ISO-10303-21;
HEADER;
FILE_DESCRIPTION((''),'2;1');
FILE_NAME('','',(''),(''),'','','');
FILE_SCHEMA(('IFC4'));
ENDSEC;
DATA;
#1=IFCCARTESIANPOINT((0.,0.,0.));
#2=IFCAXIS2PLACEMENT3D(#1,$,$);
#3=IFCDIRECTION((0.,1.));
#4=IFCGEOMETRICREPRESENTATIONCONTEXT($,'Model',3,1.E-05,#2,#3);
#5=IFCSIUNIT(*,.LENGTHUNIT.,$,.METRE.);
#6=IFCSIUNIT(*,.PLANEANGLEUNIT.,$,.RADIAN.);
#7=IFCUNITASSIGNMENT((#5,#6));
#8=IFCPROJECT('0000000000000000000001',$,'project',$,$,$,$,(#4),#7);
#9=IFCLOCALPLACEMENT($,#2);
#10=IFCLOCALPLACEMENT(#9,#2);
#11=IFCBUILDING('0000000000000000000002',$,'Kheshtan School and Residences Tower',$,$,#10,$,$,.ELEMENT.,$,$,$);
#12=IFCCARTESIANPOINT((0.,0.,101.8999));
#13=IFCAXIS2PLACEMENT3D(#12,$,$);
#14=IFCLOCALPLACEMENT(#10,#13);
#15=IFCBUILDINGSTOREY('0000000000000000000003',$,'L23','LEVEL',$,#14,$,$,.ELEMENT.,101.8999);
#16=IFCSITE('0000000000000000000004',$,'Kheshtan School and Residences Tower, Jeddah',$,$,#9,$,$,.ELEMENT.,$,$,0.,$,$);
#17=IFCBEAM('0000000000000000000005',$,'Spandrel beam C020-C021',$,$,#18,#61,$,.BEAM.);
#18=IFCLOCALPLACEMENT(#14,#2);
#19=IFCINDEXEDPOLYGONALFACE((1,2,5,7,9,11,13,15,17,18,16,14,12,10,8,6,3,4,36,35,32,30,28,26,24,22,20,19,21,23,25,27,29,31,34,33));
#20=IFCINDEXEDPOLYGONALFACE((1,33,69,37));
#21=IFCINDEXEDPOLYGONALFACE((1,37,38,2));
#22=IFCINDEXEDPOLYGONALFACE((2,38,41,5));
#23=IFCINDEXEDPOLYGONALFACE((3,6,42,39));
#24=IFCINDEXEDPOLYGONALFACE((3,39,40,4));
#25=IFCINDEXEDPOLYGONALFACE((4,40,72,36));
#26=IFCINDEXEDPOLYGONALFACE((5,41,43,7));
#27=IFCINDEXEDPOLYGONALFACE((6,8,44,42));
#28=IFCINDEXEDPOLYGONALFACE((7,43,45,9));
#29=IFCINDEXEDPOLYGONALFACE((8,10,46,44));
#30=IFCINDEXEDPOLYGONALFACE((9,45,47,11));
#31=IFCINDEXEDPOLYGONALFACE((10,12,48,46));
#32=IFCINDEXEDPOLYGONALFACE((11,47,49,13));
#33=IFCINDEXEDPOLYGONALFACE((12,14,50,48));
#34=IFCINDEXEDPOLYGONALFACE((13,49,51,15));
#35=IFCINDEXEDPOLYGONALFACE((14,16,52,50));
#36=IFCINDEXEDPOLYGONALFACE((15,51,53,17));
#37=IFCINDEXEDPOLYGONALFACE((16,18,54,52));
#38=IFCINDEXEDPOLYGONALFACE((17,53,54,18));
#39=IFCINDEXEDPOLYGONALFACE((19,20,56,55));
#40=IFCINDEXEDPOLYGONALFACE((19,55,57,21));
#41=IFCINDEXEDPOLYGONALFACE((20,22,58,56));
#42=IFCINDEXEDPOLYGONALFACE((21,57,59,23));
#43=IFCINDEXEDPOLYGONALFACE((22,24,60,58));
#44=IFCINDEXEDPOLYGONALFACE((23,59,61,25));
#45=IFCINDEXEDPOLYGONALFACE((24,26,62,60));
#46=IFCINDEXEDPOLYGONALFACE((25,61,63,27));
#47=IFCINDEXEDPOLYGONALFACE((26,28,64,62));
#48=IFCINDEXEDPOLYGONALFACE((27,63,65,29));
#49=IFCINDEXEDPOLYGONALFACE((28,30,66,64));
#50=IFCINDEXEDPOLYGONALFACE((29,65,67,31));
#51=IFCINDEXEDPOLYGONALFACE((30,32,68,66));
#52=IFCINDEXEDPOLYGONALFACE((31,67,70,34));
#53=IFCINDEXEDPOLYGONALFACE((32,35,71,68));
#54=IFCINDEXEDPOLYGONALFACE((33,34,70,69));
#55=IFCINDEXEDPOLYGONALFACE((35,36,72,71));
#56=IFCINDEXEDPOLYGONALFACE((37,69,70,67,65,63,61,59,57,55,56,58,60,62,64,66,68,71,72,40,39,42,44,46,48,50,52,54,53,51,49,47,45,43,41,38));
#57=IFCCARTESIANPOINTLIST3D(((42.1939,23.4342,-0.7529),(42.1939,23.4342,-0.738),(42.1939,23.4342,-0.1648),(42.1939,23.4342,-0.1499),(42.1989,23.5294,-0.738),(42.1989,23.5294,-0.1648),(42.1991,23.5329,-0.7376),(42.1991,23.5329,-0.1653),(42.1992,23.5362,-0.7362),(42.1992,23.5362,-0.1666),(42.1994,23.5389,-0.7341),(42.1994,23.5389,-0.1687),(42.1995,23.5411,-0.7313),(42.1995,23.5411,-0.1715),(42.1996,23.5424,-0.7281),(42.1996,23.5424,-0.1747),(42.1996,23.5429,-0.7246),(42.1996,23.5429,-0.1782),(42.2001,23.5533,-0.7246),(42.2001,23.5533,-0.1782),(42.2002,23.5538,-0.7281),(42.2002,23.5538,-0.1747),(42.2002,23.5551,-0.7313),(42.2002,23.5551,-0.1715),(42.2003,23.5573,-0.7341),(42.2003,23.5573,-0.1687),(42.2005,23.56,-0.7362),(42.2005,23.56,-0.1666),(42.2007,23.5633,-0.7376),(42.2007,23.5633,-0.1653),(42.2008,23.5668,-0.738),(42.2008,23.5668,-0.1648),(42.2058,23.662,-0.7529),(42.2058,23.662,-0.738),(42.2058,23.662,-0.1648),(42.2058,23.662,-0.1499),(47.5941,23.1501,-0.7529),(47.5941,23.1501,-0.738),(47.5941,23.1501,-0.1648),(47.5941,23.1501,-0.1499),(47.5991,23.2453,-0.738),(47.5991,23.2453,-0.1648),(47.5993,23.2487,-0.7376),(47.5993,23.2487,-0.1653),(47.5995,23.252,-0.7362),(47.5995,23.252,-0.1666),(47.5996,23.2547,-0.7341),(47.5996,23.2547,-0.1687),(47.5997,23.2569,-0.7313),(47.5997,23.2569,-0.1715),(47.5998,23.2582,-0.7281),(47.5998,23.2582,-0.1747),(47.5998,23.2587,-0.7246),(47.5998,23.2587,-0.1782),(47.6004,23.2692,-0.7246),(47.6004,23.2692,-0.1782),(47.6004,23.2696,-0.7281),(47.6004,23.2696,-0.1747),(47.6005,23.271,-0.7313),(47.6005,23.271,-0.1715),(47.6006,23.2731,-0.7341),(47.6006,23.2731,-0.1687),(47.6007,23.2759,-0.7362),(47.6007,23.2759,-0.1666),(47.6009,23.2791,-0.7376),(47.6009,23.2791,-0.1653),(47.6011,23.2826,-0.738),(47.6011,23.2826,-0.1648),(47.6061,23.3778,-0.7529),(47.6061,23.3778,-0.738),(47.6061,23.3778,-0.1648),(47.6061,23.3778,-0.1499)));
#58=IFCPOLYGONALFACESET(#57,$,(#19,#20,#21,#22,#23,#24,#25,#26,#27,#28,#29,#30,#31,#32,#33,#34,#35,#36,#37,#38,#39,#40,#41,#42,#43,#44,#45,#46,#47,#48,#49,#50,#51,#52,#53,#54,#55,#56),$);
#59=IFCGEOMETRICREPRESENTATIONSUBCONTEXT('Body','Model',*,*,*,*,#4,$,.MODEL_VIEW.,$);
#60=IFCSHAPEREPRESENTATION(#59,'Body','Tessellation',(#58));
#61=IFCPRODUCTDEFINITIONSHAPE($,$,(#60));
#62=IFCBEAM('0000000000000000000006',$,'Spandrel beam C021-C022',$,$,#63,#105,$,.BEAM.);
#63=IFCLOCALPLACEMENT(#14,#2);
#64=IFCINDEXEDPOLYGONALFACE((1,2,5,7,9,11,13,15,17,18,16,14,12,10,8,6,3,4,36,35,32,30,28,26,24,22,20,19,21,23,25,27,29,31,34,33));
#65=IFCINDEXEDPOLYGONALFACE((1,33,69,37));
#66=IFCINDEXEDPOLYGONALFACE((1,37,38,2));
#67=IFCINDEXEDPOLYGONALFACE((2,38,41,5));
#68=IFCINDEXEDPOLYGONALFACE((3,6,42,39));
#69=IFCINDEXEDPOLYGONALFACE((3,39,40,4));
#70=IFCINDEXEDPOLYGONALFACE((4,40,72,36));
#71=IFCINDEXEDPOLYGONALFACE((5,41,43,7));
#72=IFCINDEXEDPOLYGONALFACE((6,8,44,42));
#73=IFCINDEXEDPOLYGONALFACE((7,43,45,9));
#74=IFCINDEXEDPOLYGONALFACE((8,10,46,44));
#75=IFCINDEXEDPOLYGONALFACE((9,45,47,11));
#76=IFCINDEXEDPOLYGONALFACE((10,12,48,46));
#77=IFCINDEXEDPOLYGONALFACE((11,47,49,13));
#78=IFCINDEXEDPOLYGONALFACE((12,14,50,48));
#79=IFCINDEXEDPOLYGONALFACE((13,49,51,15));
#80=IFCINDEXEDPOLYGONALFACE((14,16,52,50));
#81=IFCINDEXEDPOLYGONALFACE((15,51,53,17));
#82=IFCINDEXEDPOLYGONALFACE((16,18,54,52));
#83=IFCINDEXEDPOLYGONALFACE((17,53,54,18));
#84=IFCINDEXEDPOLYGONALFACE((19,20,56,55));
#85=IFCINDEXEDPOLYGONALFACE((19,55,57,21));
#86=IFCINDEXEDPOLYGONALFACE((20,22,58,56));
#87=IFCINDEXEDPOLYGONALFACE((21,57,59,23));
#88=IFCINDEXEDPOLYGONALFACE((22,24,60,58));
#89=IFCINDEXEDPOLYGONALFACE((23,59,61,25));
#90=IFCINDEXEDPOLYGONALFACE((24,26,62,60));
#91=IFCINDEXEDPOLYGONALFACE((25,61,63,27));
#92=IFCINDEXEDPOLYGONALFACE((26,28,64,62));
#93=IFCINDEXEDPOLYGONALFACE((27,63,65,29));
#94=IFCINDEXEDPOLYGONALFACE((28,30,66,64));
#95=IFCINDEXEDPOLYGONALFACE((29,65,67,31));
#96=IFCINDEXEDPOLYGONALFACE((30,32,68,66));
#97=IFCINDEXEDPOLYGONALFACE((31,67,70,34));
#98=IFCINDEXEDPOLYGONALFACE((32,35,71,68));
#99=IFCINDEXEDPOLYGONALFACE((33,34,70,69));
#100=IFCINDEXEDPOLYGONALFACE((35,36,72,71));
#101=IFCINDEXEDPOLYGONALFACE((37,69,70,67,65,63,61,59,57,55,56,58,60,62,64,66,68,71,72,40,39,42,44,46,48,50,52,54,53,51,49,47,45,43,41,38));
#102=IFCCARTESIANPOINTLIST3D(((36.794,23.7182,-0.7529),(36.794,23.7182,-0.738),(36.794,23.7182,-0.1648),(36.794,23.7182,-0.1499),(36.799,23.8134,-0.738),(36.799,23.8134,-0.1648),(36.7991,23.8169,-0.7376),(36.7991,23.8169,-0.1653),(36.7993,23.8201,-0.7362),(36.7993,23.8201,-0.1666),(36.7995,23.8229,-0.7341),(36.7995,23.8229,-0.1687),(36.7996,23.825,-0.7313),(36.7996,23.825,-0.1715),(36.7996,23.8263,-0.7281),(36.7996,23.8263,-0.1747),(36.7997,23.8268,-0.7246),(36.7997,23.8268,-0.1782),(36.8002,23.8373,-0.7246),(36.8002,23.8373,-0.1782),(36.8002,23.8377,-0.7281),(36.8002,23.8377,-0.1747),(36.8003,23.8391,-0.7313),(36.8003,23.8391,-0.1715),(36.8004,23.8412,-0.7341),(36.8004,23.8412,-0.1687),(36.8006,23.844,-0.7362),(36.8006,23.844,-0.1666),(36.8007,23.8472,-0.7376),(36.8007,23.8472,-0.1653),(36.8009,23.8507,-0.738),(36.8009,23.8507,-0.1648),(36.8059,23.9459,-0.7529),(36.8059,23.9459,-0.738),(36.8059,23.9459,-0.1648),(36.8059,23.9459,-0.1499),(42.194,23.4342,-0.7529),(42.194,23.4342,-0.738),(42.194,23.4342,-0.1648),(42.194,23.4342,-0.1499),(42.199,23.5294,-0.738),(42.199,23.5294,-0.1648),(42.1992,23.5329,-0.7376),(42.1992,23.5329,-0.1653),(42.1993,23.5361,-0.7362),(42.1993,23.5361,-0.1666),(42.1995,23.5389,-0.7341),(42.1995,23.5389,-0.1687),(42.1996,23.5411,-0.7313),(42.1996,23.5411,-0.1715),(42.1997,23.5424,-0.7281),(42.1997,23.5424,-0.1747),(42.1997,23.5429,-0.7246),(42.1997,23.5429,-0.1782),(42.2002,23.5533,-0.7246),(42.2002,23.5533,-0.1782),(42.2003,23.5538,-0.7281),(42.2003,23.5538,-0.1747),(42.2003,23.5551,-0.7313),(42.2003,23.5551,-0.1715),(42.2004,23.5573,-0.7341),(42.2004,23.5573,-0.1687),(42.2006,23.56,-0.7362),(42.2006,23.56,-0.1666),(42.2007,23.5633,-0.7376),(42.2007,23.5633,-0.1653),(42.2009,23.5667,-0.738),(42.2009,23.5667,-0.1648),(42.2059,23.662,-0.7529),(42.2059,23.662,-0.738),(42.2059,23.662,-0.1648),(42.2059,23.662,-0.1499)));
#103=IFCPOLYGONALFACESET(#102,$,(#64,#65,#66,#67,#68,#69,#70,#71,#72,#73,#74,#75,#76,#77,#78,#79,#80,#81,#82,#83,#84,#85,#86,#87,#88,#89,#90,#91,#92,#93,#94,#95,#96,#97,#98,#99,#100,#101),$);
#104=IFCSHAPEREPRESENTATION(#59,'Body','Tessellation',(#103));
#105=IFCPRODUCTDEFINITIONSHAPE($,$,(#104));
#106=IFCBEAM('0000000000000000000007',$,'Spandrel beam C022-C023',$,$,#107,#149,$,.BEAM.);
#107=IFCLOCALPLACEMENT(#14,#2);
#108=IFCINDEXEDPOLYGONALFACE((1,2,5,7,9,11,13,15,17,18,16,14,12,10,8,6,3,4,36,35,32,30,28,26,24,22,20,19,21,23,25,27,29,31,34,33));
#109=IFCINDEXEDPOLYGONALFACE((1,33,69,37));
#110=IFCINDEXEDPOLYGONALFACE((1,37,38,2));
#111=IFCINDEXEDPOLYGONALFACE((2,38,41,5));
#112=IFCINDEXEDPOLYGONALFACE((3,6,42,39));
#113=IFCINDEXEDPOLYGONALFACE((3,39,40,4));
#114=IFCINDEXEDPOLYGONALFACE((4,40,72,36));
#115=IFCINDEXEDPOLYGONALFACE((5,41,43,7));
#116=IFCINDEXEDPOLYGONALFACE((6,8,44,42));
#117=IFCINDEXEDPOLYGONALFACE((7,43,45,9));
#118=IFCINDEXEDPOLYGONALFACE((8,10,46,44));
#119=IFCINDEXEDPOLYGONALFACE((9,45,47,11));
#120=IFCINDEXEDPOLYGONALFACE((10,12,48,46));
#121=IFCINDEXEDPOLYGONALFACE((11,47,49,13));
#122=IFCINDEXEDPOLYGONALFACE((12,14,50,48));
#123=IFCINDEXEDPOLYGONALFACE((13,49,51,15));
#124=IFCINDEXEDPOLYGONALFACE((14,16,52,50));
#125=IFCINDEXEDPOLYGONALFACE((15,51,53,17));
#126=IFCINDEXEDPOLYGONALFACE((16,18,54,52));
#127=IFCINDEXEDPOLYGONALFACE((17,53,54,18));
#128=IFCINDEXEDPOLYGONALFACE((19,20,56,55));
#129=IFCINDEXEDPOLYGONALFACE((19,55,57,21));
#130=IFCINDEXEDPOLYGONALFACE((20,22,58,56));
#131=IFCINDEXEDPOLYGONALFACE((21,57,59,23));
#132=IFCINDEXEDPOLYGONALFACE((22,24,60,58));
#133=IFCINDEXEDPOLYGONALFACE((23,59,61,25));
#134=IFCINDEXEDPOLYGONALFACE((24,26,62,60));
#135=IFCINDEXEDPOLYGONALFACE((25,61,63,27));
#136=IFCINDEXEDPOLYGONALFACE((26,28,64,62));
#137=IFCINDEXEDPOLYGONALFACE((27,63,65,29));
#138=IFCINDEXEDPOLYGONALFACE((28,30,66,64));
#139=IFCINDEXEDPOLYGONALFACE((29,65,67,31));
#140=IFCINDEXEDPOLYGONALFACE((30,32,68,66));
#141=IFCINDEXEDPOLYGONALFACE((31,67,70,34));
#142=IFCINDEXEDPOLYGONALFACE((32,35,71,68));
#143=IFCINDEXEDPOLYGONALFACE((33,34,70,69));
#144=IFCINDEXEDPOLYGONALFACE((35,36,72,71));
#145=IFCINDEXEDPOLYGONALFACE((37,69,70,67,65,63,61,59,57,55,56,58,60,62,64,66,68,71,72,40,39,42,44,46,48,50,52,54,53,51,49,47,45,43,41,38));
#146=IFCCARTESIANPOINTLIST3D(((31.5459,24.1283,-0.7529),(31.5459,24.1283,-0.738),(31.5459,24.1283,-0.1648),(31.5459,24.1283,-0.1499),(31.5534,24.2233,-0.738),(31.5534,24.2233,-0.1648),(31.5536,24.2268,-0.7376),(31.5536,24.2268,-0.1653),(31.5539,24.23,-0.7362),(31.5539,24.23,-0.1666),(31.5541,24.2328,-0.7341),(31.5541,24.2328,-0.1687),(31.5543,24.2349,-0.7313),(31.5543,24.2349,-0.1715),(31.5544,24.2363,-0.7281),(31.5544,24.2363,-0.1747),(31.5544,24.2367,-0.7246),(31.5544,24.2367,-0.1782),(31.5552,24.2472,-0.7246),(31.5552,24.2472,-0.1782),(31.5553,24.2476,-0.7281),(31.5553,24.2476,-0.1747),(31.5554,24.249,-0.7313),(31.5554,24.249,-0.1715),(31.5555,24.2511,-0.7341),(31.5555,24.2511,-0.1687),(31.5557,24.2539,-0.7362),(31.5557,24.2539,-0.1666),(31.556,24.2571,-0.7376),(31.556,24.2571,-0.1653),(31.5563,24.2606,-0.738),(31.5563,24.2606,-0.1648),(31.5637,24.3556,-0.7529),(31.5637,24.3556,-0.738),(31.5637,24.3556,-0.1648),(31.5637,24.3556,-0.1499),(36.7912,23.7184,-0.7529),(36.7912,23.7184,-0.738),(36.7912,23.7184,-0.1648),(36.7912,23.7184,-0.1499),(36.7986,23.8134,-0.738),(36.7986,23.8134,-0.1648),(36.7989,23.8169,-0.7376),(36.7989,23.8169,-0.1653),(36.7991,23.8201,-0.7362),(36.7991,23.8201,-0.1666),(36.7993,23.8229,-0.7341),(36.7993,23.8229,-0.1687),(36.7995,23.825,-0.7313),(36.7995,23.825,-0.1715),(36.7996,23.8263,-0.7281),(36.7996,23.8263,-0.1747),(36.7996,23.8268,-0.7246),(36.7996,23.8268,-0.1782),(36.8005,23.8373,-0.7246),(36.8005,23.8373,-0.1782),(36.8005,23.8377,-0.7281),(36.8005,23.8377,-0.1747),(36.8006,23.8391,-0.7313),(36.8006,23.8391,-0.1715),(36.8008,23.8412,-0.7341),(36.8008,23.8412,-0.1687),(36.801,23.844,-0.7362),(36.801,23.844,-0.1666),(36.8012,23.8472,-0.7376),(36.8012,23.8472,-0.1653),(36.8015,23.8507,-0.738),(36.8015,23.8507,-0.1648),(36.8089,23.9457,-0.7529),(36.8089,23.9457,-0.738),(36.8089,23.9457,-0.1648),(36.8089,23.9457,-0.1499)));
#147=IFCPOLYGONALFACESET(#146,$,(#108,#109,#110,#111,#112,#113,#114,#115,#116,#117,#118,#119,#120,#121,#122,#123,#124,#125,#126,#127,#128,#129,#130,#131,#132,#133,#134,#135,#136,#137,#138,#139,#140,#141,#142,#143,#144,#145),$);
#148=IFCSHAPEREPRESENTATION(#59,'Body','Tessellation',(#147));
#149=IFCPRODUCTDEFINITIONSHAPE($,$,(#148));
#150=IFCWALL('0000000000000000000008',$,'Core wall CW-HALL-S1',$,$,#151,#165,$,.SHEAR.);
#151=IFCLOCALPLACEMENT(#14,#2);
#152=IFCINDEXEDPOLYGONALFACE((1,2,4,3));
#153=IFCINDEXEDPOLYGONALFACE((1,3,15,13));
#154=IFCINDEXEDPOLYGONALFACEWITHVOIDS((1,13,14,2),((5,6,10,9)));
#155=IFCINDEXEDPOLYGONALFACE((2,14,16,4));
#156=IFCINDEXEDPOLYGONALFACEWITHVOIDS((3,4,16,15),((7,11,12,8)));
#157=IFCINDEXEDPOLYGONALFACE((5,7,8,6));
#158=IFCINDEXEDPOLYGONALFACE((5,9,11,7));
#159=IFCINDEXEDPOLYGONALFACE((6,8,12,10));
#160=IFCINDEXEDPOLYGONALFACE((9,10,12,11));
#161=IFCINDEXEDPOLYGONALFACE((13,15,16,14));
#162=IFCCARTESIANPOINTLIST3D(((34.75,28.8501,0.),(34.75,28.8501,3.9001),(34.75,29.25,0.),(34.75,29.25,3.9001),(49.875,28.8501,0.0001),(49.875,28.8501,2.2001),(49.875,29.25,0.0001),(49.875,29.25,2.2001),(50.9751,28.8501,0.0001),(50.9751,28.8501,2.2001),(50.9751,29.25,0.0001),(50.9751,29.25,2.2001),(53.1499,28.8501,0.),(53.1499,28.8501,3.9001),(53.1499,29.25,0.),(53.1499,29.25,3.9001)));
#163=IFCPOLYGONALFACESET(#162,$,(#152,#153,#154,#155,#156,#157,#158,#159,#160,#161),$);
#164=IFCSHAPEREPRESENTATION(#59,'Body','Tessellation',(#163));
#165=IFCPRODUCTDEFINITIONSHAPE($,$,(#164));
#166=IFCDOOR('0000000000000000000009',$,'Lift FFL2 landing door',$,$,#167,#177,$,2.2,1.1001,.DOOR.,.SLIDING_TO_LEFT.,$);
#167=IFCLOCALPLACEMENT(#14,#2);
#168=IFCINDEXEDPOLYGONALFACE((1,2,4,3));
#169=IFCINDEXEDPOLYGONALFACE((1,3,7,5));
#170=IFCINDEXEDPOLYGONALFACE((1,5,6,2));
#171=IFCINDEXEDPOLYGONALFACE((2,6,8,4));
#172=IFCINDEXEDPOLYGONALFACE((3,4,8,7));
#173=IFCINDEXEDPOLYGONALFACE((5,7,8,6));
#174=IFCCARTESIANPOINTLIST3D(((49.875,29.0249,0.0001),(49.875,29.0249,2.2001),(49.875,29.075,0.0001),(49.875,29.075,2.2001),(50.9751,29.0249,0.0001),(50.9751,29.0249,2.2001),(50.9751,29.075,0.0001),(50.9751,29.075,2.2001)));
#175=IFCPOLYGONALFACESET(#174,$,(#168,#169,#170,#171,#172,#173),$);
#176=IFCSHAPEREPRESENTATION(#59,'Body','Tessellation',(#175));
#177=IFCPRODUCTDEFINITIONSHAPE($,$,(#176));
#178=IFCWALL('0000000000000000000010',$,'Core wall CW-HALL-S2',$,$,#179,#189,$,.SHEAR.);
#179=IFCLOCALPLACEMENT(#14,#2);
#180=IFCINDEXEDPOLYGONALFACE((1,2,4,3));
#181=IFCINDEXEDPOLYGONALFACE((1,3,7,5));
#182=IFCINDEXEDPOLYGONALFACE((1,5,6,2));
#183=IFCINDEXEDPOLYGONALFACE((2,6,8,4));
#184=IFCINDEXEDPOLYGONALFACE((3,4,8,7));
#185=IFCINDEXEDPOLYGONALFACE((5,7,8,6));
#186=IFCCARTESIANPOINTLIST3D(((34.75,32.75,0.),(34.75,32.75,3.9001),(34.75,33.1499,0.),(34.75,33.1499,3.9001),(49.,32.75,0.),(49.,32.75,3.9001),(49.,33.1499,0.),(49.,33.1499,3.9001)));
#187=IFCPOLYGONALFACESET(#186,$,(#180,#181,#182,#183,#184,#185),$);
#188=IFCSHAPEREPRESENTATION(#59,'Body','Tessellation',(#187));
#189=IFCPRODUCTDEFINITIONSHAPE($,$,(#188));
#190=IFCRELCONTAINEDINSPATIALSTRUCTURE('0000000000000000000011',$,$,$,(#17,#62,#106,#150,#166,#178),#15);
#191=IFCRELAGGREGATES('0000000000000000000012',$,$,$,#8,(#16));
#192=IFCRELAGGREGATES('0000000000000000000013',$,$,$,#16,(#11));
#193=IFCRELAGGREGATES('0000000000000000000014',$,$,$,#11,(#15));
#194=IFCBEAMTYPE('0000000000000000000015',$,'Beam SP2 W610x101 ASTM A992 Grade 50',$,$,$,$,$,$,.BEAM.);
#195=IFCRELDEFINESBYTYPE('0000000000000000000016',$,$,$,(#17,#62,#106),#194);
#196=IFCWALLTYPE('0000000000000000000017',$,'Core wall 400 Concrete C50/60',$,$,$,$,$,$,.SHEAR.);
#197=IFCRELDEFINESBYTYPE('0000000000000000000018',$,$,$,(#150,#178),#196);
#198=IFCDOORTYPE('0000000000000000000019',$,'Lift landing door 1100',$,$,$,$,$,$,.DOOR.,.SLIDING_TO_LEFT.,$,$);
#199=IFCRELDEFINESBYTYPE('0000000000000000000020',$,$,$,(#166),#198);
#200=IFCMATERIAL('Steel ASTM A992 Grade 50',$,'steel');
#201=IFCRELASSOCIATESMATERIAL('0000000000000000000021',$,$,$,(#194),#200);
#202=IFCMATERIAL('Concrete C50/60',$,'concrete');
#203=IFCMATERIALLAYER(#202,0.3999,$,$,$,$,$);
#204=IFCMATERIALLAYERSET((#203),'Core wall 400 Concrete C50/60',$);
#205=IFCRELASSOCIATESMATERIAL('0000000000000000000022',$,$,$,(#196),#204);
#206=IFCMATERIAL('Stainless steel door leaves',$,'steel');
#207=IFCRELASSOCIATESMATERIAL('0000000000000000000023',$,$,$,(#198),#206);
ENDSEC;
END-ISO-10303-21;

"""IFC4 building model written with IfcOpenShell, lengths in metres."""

from ifc_helpers import new_model, si_unit, direction, frame, frame_2d, origin, origin_2d, place, context, subcontext, project, spatial, rectangle, i_section, extrude, source, transform, mapped, material, layer, layer_set, material_profile, profile_set, type_object, element, fill, save


model = new_model("IFC4")

# Units and contexts
model_context = context("Model", 3, precision=1e-05, world=origin(), true_north=direction((0.0, 1.0)))
body_context = subcontext(model_context, "Body", "Model", "MODEL_VIEW")
ifc_project = project(units=[si_unit("LENGTHUNIT", "METRE"), si_unit("PLANEANGLEUNIT", "RADIAN")], contexts=[model_context])

# Site, building, storey
site_placement = place(None, origin())
site = spatial("IfcSite", under=ifc_project, at=site_placement, Name="Kheshtan School and Residences Tower, Jeddah", CompositionType="ELEMENT", RefElevation=0.0)
building_placement = place(site_placement, origin())
building = spatial("IfcBuilding", under=site, at=building_placement, Name="Kheshtan School and Residences Tower", CompositionType="ELEMENT")
storey_placement = place(building_placement, frame((0.0, 0.0, 101.8999)))
storey = spatial("IfcBuildingStorey", under=building, at=storey_placement, Name="L23", Description="LEVEL", CompositionType="ELEMENT", Elevation=101.8999)

# Shared definitions
ifc_material_1 = material(Name="Steel ASTM A992 Grade 50", Category="steel")

# Beams
ifc_material_profile_1 = material_profile(ifc_material_1, i_section(OverallWidth=0.228, OverallDepth=0.603, WebThickness=0.0105, FlangeThickness=0.0149, FilletRadius=0.0134, at=origin_2d()), Name="W610x101")
ifc_profile_set_1 = profile_set([ifc_material_profile_1], Name="Steel ASTM A992 Grade 50")
beam_type_1 = type_object("IfcBeamType", Name="Beam SP2 W610x101 ASTM A992 Grade 50", PredefinedType="BEAM", material=ifc_profile_set_1)
beam_1_placement = place(storey_placement, frame((47.6001, 23.2639, -0.4514), z_axis=(-0.998618, 0.052552, 0.0), x_axis=(-0.052552, -0.998618, 0.0)))
element("IfcBeam", 1, at=beam_1_placement, inside=storey, type_object=beam_type_1, Name="Spandrel beam C020-C021", PredefinedType="BEAM", context=body_context, shape_type="SweptSolid", body=[
    extrude(i_section(OverallWidth=0.228, OverallDepth=0.603, WebThickness=0.0105, FlangeThickness=0.0149, FilletRadius=0.0134, at=origin_2d()), origin(), (0.0, 0.0, 1.0), 5.4077),
])
beam_2_placement = place(storey_placement, frame((42.2, 23.5481, -0.4514), z_axis=(-0.99862, 0.052509, 0.0), x_axis=(-0.052509, -0.99862, 0.0)))
element("IfcBeam", 2, at=beam_2_placement, inside=storey, type_object=beam_type_1, Name="Spandrel beam C021-C022", PredefinedType="BEAM", context=body_context, shape_type="SweptSolid", body=[
    extrude(i_section(OverallWidth=0.228, OverallDepth=0.603, WebThickness=0.0105, FlangeThickness=0.0149, FilletRadius=0.0134, at=origin_2d()), origin(), (0.0, 0.0, 1.0), 5.4075),
])
beam_3_placement = place(storey_placement, frame((36.8, 23.832, -0.4514), z_axis=(-0.99696, 0.077914, 0.0), x_axis=(-0.077914, -0.99696, 0.0)))
element("IfcBeam", 3, at=beam_3_placement, inside=storey, type_object=beam_type_1, Name="Spandrel beam C022-C023", PredefinedType="BEAM", context=body_context, shape_type="SweptSolid", body=[
    extrude(i_section(OverallWidth=0.228, OverallDepth=0.603, WebThickness=0.0105, FlangeThickness=0.0149, FilletRadius=0.0134, at=origin_2d()), origin(), (0.0, 0.0, 1.0), 5.2612),
])

# Wall, opening, door
ifc_material_2 = material(Name="Concrete C50/60", Category="concrete")
ifc_layer_1 = layer(ifc_material_2, 0.3999)
ifc_layer_set_1 = layer_set([ifc_layer_1], Name="Core wall 400 Concrete C50/60")
wall_type_1 = type_object("IfcWallType", Name="Core wall 400 Concrete C50/60", PredefinedType="SHEAR", material=ifc_layer_set_1)
wall_1_placement = place(storey_placement, frame((34.75, 29.05, 0.0), z_axis=(0.0, 0.0, 1.0), x_axis=(1.0, 0.0, 0.0)))
wall_1 = element("IfcWall", 4, at=wall_1_placement, inside=storey, type_object=wall_type_1, Name="Core wall CW-HALL-S1", PredefinedType="SHEAR", context=body_context, shape_type="SweptSolid", body=[
    extrude(rectangle(XDim=18.3999, YDim=0.3999, at=frame_2d((9.2, 0.0))), origin(), (0.0, 0.0, 1.0), 3.9001),
])
opening_1_placement = place(wall_1_placement, frame((15.125, 0.0, 0.0)))
opening_1 = element("IfcOpeningElement", 5, at=opening_1_placement, cuts=wall_1, PredefinedType="OPENING", context=body_context, shape_type="SweptSolid", body=[
    extrude(rectangle(XDim=1.1001, YDim=2.2, at=frame_2d((0.55, 1.1001))), frame((0.0, 0.21, 0.0), z_axis=(0.0, -1.0, 0.0), x_axis=(1.0, 0.0, 0.0)), (0.0, 0.0, 1.0), 0.4199),
])
ifc_material_3 = material(Name="Stainless steel door leaves", Category="steel")
door_type_1 = type_object("IfcDoorType", Name="Lift landing door 1100", OperationType="SLIDING_TO_LEFT", PredefinedType="DOOR", material=ifc_material_3)
shared_shape_1 = source(origin(), body_context, "Body", "SweptSolid", [
    extrude(rectangle(XDim=1.1001, YDim=2.2, at=frame_2d((0.55, 1.1001))), frame((0.0, 0.0249, 0.0), z_axis=(0.0, -1.0, 0.0), x_axis=(1.0, 0.0, 0.0)), (0.0, 0.0, 1.0), 0.05),
])
door_1_placement = place(opening_1_placement, origin())
door_1 = element("IfcDoor", 6, at=door_1_placement, inside=storey, type_object=door_type_1, Name="Lift FFL2 landing door", OperationType="SLIDING_TO_LEFT", OverallHeight=2.2, OverallWidth=1.1001, PredefinedType="DOOR", context=body_context, shape_type="MappedRepresentation", body=[
    mapped(shared_shape_1, transform((0.0, 0.0, 0.0), x_axis=(1.0, 0.0, 0.0), y_axis=(0.0, 1.0, 0.0), z_axis=(0.0, 0.0, 1.0), scale=1.0)),
])
fill(opening_1, door_1)

# Wall
wall_2_placement = place(storey_placement, frame((34.75, 32.95, 0.0), z_axis=(0.0, 0.0, 1.0), x_axis=(1.0, 0.0, 0.0)))
element("IfcWall", 7, at=wall_2_placement, inside=storey, type_object=wall_type_1, Name="Core wall CW-HALL-S2", PredefinedType="SHEAR", context=body_context, shape_type="SweptSolid", body=[
    extrude(rectangle(XDim=14.25, YDim=0.3999, at=frame_2d((7.125, 0.0))), origin(), (0.0, 0.0, 1.0), 3.9001),
])

save(model, "model.ifc")
